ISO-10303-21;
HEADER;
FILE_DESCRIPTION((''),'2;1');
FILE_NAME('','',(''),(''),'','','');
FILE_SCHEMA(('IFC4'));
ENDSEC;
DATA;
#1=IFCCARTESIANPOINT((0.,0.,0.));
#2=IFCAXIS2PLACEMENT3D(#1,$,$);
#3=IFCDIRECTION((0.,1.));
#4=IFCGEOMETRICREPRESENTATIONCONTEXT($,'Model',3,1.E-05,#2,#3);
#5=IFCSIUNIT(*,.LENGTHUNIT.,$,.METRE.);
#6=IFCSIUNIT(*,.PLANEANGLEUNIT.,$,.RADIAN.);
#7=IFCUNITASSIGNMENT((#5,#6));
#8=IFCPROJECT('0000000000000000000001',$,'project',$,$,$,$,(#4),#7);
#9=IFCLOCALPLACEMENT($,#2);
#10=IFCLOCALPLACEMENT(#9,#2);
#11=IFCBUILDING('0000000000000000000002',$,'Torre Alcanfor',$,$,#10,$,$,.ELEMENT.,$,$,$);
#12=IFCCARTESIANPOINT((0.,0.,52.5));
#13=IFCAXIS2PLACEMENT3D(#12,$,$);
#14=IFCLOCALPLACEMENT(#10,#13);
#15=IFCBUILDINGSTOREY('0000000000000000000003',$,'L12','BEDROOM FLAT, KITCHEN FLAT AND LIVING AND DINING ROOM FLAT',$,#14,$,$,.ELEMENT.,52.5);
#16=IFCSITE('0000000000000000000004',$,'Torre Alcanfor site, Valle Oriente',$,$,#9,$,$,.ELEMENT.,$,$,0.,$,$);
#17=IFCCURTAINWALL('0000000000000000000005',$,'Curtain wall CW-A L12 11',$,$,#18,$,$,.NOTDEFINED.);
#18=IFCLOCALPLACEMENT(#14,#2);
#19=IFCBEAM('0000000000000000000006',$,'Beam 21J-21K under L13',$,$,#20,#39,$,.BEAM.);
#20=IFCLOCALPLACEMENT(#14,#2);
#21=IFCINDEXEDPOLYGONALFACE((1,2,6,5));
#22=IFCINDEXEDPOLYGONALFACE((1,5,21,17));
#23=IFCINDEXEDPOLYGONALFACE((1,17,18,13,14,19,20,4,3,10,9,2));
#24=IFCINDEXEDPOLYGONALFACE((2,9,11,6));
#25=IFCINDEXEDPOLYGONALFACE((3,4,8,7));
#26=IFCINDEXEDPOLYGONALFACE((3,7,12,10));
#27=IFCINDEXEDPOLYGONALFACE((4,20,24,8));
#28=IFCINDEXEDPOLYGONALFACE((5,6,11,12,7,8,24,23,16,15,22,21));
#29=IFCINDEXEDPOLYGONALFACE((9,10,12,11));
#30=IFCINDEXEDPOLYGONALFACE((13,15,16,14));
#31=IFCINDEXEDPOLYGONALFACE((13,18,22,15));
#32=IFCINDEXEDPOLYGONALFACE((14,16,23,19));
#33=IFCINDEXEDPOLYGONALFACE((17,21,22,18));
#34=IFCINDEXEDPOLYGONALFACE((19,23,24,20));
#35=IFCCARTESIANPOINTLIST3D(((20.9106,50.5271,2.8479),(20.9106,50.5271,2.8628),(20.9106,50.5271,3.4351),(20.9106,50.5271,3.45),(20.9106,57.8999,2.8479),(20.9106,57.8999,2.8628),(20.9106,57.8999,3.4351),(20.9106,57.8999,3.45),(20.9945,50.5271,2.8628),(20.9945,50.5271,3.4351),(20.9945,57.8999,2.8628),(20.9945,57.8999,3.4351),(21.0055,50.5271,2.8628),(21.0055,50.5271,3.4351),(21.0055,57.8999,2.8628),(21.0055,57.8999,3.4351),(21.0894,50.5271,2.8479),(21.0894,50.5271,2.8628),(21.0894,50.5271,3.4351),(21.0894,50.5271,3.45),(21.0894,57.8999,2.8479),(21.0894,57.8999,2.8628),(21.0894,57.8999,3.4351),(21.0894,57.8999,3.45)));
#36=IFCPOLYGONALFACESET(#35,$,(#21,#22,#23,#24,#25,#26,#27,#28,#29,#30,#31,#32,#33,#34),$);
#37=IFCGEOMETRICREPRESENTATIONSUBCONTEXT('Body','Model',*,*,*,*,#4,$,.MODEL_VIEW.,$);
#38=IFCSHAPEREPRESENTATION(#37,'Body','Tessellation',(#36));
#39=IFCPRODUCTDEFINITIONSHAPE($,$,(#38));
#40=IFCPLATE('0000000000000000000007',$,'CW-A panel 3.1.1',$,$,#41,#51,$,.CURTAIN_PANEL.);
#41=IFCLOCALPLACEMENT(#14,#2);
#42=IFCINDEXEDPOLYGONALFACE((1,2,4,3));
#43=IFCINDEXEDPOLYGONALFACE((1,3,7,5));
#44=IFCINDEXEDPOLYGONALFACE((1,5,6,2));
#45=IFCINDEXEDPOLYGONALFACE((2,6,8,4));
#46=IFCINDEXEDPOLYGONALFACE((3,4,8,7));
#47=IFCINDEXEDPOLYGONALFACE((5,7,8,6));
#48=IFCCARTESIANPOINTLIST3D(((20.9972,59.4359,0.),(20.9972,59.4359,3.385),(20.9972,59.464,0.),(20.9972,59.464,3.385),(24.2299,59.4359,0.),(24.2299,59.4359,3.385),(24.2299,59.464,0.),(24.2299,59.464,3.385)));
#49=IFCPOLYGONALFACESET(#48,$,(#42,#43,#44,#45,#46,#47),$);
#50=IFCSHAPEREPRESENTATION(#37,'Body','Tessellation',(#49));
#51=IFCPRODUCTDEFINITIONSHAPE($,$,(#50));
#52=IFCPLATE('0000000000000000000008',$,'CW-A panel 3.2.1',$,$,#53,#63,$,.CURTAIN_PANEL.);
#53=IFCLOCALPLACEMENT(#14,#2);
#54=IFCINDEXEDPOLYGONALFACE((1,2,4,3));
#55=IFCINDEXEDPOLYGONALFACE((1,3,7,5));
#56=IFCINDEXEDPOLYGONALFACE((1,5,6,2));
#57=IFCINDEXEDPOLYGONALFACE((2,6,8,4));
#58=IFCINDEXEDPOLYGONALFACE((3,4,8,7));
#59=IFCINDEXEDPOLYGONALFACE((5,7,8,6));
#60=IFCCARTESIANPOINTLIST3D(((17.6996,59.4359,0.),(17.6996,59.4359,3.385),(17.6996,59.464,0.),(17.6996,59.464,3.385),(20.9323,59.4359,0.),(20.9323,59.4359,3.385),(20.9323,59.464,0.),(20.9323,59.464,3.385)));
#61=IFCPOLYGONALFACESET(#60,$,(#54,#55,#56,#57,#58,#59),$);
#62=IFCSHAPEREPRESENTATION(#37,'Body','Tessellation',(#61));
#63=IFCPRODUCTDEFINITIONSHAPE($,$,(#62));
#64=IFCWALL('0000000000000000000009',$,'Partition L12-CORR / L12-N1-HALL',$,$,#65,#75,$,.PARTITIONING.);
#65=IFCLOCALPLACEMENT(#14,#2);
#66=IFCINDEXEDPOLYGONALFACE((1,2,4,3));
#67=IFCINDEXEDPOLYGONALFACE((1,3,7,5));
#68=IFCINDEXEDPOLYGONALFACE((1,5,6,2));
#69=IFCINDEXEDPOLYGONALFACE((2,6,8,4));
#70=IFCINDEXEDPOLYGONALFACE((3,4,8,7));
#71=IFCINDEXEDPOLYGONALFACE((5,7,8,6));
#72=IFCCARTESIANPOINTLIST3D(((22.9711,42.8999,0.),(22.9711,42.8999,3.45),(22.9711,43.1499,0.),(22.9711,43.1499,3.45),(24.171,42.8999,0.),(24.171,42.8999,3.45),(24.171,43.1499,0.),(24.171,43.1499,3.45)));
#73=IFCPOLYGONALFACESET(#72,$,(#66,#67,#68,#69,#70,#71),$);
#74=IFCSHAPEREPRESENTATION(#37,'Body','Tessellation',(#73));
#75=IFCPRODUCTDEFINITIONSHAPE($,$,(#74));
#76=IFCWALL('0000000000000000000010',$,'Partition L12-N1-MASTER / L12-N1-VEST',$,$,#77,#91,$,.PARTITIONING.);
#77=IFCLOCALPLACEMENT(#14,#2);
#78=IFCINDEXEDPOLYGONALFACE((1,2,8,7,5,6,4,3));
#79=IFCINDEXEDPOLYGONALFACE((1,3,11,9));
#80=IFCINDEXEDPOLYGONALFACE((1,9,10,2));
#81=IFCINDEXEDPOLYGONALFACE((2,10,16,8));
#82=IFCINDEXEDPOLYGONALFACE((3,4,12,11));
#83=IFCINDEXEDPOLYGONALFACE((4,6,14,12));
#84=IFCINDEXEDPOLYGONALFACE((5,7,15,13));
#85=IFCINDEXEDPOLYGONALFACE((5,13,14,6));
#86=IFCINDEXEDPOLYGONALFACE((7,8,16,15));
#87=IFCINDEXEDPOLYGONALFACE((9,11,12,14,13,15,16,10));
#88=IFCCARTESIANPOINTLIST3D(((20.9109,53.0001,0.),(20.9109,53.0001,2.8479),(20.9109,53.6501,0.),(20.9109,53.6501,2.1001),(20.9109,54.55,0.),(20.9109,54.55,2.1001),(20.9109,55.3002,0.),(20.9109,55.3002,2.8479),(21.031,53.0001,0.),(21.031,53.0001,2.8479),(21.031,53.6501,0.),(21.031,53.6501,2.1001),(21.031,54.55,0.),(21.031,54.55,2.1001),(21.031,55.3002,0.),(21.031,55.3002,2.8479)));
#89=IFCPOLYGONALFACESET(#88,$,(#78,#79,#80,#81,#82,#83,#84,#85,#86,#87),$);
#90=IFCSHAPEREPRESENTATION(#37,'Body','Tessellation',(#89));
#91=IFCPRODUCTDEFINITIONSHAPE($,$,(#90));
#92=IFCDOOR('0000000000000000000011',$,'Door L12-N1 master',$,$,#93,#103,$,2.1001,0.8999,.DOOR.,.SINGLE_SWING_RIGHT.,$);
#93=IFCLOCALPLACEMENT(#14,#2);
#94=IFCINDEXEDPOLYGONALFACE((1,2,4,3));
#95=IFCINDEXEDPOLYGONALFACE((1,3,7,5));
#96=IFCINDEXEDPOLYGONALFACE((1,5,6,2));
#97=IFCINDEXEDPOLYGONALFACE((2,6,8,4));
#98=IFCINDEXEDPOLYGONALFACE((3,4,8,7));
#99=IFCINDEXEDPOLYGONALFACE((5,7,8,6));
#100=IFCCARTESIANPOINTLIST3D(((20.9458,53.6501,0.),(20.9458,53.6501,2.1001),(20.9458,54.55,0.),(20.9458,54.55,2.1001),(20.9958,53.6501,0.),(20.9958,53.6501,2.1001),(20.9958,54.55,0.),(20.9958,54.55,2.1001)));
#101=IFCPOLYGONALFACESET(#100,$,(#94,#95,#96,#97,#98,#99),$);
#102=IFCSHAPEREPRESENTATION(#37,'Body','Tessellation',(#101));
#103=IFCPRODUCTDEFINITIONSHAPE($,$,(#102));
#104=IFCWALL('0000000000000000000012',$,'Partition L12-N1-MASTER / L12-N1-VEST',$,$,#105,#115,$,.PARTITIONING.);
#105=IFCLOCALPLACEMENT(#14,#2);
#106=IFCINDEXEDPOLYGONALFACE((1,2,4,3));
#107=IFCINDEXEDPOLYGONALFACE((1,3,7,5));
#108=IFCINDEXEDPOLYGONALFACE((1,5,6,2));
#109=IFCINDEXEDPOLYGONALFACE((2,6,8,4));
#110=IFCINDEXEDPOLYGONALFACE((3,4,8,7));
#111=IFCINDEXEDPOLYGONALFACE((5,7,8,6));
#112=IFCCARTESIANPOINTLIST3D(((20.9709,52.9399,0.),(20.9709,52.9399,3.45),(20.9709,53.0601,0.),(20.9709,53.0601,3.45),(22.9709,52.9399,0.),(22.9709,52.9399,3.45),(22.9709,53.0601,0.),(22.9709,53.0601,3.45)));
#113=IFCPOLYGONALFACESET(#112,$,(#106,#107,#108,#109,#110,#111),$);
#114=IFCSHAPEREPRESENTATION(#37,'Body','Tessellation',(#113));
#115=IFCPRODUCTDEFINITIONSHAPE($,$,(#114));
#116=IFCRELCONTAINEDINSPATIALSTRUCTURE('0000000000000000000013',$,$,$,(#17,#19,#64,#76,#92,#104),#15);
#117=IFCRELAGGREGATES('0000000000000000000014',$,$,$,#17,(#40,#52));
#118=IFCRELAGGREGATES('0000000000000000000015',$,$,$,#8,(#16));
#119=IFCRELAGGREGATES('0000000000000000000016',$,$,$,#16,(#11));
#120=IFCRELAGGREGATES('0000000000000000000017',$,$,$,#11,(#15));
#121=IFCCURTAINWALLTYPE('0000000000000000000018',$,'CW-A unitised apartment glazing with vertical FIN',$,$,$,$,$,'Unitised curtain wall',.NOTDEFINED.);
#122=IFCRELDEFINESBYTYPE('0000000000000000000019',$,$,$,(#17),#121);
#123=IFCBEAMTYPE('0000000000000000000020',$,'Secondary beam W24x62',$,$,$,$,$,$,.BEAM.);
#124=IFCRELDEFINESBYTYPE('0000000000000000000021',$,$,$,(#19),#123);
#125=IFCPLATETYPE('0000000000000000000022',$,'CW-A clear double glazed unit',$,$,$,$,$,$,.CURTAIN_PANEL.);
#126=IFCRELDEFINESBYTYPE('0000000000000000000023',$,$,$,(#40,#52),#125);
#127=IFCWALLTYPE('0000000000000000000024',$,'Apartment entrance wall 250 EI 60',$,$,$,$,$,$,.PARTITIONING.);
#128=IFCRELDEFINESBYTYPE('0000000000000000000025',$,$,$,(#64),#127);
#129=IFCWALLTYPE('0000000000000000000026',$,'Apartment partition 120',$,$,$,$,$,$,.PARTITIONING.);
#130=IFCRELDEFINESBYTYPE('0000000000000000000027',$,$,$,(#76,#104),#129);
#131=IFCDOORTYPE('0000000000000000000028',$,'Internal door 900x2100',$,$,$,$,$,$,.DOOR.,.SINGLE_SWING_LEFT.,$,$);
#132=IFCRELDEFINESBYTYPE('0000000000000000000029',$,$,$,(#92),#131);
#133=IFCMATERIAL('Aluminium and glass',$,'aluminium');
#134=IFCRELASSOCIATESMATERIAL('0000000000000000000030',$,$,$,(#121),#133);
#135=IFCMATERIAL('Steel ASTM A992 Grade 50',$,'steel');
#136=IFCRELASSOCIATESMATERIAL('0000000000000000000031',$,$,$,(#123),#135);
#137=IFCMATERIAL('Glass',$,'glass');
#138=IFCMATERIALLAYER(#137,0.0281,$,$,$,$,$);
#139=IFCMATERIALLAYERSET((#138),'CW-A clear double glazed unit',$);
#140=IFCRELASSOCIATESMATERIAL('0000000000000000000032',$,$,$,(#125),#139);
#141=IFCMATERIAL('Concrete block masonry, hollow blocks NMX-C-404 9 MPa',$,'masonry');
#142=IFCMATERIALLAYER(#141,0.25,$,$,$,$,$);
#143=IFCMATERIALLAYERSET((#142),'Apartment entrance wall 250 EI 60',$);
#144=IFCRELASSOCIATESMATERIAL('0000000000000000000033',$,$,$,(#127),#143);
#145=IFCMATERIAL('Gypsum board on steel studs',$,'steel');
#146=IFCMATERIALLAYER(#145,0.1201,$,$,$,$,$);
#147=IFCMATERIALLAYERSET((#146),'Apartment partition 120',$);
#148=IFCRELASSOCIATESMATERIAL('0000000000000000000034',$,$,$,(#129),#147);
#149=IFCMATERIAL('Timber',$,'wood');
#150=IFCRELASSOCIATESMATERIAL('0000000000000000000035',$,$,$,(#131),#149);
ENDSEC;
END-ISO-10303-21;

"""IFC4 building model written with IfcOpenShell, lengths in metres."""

from ifc_helpers import new_model, si_unit, direction, frame, frame_2d, origin, origin_2d, place, context, subcontext, project, spatial, rectangle, i_section, extrude, material, layer, layer_set, material_profile, profile_set, type_object, element, fill, aggregate, save


model = new_model("IFC4")

# Units and contexts
model_context = context("Model", 3, precision=1e-05, world=origin(), true_north=direction((0.0, 1.0)))
body_context = subcontext(model_context, "Body", "Model", "MODEL_VIEW")
ifc_project = project(units=[si_unit("LENGTHUNIT", "METRE"), si_unit("PLANEANGLEUNIT", "RADIAN")], contexts=[model_context])

# Site, building, storey
site_placement = place(None, origin())
site = spatial("IfcSite", under=ifc_project, at=site_placement, Name="Torre Alcanfor site, Valle Oriente", CompositionType="ELEMENT", RefElevation=0.0)
building_placement = place(site_placement, origin())
building = spatial("IfcBuilding", under=site, at=building_placement, Name="Torre Alcanfor", CompositionType="ELEMENT")
storey_placement = place(building_placement, frame((0.0, 0.0, 52.5)))
storey = spatial("IfcBuildingStorey", under=building, at=storey_placement, Name="L12", Description="BEDROOM FLAT, KITCHEN FLAT AND LIVING AND DINING ROOM FLAT", CompositionType="ELEMENT", Elevation=52.5)

# Curtain wall
ifc_material_1 = material(Name="Aluminium and glass", Category="aluminium")
curtain_wall_type = type_object("IfcCurtainWallType", Name="CW-A unitised apartment glazing with vertical FIN", ElementType="Unitised curtain wall", PredefinedType="NOTDEFINED", material=ifc_material_1)
curtain_wall_placement = place(storey_placement, origin())
curtain_wall = element("IfcCurtainWall", 1, at=curtain_wall_placement, inside=storey, type_object=curtain_wall_type, Name="Curtain wall CW-A L12 11", PredefinedType="NOTDEFINED")

# Beam
ifc_material_2 = material(Name="Steel ASTM A992 Grade 50", Category="steel")
ifc_material_profile_1 = material_profile(ifc_material_2, i_section(OverallWidth=0.1787, OverallDepth=0.6021, WebThickness=0.011, FlangeThickness=0.0149, at=origin_2d()), Name="W24x62")
ifc_profile_set_1 = profile_set([ifc_material_profile_1], Name="Steel ASTM A992 Grade 50")
beam_type_1 = type_object("IfcBeamType", Name="Secondary beam W24x62", PredefinedType="BEAM", material=ifc_profile_set_1)
beam_1_placement = place(storey_placement, frame((21.0, 50.5271, 3.1489), z_axis=(0.0, 1.0, 0.0), x_axis=(-1.0, 0.0, 0.0)))
element("IfcBeam", 2, at=beam_1_placement, inside=storey, type_object=beam_type_1, Name="Beam 21J-21K under L13", PredefinedType="BEAM", context=body_context, shape_type="SweptSolid", body=[
    extrude(i_section(OverallWidth=0.1787, OverallDepth=0.6021, WebThickness=0.011, FlangeThickness=0.0149, at=origin_2d()), origin(), (0.0, 0.0, 1.0), 7.3728),
])

# Plates
ifc_material_3 = material(Name="Glass", Category="glass")
ifc_layer_1 = layer(ifc_material_3, 0.0281)
ifc_layer_set_1 = layer_set([ifc_layer_1], Name="CW-A clear double glazed unit")
plate_type = type_object("IfcPlateType", Name="CW-A clear double glazed unit", PredefinedType="CURTAIN_PANEL", material=ifc_layer_set_1)
plate_1_placement = place(storey_placement, frame((22.6135, 59.45, 0.0), z_axis=(0.0, 0.0, 1.0), x_axis=(-1.0, 0.0, 0.0)))
plate_1 = element("IfcPlate", 3, at=plate_1_placement, type_object=plate_type, Name="CW-A panel 3.1.1", PredefinedType="CURTAIN_PANEL", context=body_context, shape_type="SweptSolid", body=[
    extrude(rectangle(XDim=3.2327, YDim=0.0281, at=origin_2d()), origin(), (0.0, 0.0, 1.0), 3.385),
])
plate_2_placement = place(storey_placement, frame((19.3159, 59.45, 0.0), z_axis=(0.0, 0.0, 1.0), x_axis=(-1.0, 0.0, 0.0)))
plate_2 = element("IfcPlate", 4, at=plate_2_placement, type_object=plate_type, Name="CW-A panel 3.2.1", PredefinedType="CURTAIN_PANEL", context=body_context, shape_type="SweptSolid", body=[
    extrude(rectangle(XDim=3.2327, YDim=0.0281, at=origin_2d()), origin(), (0.0, 0.0, 1.0), 3.385),
])
aggregate(curtain_wall, [plate_1, plate_2])

# Wall
ifc_material_4 = material(Name="Concrete block masonry, hollow blocks NMX-C-404 9 MPa", Category="masonry")
ifc_layer_2 = layer(ifc_material_4, 0.25)
ifc_layer_set_2 = layer_set([ifc_layer_2], Name="Apartment entrance wall 250 EI 60")
wall_type_1 = type_object("IfcWallType", Name="Apartment entrance wall 250 EI 60", PredefinedType="PARTITIONING", material=ifc_layer_set_2)
wall_1_placement = place(storey_placement, frame((22.9709, 43.0249, 0.0), z_axis=(0.0, 0.0, 1.0), x_axis=(1.0, 0.0, 0.0)))
element("IfcWall", 5, at=wall_1_placement, inside=storey, type_object=wall_type_1, Name="Partition L12-CORR / L12-N1-HALL", PredefinedType="PARTITIONING", context=body_context, shape_type="SweptSolid", body=[
    extrude(rectangle(XDim=1.2, YDim=0.25, at=frame_2d((0.6001, 0.0))), origin(), (0.0, 0.0, 1.0), 3.45),
])

# Wall, opening, door
ifc_material_5 = material(Name="Gypsum board on steel studs", Category="steel")
ifc_layer_3 = layer(ifc_material_5, 0.1201)
ifc_layer_set_3 = layer_set([ifc_layer_3], Name="Apartment partition 120")
wall_type_2 = type_object("IfcWallType", Name="Apartment partition 120", PredefinedType="PARTITIONING", material=ifc_layer_set_3)
wall_2_placement = place(storey_placement, frame((20.9709, 55.3, 0.0), z_axis=(0.0, 0.0, 1.0), x_axis=(0.0, -1.0, 0.0)))
wall_2 = element("IfcWall", 6, at=wall_2_placement, inside=storey, type_object=wall_type_2, Name="Partition L12-N1-MASTER / L12-N1-VEST", PredefinedType="PARTITIONING", context=body_context, shape_type="SweptSolid", body=[
    extrude(rectangle(XDim=2.3, YDim=0.1201, at=frame_2d((1.1499, 0.0))), origin(), (0.0, 0.0, 1.0), 2.8479),
])
opening_placement = place(wall_2_placement, frame((0.75, 0.0, 0.0)))
opening = element("IfcOpeningElement", 7, at=opening_placement, cuts=wall_2, PredefinedType="OPENING", context=body_context, shape_type="SweptSolid", body=[
    extrude(rectangle(XDim=0.8999, YDim=2.1001, at=frame_2d((0.45, 1.05))), frame((0.0, 0.0701, 0.0), z_axis=(0.0, -1.0, 0.0), x_axis=(1.0, 0.0, 0.0)), (0.0, 0.0, 1.0), 0.1401),
])
ifc_material_6 = material(Name="Timber", Category="wood")
door_type = type_object("IfcDoorType", Name="Internal door 900x2100", OperationType="SINGLE_SWING_LEFT", PredefinedType="DOOR", material=ifc_material_6)
door_placement = place(opening_placement, origin())
door = element("IfcDoor", 8, at=door_placement, inside=storey, type_object=door_type, Name="Door L12-N1 master", OperationType="SINGLE_SWING_RIGHT", OverallHeight=2.1001, OverallWidth=0.8999, PredefinedType="DOOR", context=body_context, shape_type="SweptSolid", body=[
    extrude(rectangle(XDim=0.8999, YDim=2.1001, at=frame_2d((0.45, 1.05))), frame((0.0, 0.0249, 0.0), z_axis=(0.0, -1.0, 0.0), x_axis=(1.0, 0.0, 0.0)), (0.0, 0.0, 1.0), 0.05),
])
fill(opening, door)

# Wall
wall_3_placement = place(storey_placement, frame((20.9709, 53.0, 0.0), z_axis=(0.0, 0.0, 1.0), x_axis=(1.0, 0.0, 0.0)))
element("IfcWall", 9, at=wall_3_placement, inside=storey, type_object=wall_type_2, Name="Partition L12-N1-MASTER / L12-N1-VEST", PredefinedType="PARTITIONING", context=body_context, shape_type="SweptSolid", body=[
    extrude(rectangle(XDim=2.0, YDim=0.1201, at=frame_2d((1.0, 0.0))), origin(), (0.0, 0.0, 1.0), 3.45),
])

save(model, "model.ifc")
